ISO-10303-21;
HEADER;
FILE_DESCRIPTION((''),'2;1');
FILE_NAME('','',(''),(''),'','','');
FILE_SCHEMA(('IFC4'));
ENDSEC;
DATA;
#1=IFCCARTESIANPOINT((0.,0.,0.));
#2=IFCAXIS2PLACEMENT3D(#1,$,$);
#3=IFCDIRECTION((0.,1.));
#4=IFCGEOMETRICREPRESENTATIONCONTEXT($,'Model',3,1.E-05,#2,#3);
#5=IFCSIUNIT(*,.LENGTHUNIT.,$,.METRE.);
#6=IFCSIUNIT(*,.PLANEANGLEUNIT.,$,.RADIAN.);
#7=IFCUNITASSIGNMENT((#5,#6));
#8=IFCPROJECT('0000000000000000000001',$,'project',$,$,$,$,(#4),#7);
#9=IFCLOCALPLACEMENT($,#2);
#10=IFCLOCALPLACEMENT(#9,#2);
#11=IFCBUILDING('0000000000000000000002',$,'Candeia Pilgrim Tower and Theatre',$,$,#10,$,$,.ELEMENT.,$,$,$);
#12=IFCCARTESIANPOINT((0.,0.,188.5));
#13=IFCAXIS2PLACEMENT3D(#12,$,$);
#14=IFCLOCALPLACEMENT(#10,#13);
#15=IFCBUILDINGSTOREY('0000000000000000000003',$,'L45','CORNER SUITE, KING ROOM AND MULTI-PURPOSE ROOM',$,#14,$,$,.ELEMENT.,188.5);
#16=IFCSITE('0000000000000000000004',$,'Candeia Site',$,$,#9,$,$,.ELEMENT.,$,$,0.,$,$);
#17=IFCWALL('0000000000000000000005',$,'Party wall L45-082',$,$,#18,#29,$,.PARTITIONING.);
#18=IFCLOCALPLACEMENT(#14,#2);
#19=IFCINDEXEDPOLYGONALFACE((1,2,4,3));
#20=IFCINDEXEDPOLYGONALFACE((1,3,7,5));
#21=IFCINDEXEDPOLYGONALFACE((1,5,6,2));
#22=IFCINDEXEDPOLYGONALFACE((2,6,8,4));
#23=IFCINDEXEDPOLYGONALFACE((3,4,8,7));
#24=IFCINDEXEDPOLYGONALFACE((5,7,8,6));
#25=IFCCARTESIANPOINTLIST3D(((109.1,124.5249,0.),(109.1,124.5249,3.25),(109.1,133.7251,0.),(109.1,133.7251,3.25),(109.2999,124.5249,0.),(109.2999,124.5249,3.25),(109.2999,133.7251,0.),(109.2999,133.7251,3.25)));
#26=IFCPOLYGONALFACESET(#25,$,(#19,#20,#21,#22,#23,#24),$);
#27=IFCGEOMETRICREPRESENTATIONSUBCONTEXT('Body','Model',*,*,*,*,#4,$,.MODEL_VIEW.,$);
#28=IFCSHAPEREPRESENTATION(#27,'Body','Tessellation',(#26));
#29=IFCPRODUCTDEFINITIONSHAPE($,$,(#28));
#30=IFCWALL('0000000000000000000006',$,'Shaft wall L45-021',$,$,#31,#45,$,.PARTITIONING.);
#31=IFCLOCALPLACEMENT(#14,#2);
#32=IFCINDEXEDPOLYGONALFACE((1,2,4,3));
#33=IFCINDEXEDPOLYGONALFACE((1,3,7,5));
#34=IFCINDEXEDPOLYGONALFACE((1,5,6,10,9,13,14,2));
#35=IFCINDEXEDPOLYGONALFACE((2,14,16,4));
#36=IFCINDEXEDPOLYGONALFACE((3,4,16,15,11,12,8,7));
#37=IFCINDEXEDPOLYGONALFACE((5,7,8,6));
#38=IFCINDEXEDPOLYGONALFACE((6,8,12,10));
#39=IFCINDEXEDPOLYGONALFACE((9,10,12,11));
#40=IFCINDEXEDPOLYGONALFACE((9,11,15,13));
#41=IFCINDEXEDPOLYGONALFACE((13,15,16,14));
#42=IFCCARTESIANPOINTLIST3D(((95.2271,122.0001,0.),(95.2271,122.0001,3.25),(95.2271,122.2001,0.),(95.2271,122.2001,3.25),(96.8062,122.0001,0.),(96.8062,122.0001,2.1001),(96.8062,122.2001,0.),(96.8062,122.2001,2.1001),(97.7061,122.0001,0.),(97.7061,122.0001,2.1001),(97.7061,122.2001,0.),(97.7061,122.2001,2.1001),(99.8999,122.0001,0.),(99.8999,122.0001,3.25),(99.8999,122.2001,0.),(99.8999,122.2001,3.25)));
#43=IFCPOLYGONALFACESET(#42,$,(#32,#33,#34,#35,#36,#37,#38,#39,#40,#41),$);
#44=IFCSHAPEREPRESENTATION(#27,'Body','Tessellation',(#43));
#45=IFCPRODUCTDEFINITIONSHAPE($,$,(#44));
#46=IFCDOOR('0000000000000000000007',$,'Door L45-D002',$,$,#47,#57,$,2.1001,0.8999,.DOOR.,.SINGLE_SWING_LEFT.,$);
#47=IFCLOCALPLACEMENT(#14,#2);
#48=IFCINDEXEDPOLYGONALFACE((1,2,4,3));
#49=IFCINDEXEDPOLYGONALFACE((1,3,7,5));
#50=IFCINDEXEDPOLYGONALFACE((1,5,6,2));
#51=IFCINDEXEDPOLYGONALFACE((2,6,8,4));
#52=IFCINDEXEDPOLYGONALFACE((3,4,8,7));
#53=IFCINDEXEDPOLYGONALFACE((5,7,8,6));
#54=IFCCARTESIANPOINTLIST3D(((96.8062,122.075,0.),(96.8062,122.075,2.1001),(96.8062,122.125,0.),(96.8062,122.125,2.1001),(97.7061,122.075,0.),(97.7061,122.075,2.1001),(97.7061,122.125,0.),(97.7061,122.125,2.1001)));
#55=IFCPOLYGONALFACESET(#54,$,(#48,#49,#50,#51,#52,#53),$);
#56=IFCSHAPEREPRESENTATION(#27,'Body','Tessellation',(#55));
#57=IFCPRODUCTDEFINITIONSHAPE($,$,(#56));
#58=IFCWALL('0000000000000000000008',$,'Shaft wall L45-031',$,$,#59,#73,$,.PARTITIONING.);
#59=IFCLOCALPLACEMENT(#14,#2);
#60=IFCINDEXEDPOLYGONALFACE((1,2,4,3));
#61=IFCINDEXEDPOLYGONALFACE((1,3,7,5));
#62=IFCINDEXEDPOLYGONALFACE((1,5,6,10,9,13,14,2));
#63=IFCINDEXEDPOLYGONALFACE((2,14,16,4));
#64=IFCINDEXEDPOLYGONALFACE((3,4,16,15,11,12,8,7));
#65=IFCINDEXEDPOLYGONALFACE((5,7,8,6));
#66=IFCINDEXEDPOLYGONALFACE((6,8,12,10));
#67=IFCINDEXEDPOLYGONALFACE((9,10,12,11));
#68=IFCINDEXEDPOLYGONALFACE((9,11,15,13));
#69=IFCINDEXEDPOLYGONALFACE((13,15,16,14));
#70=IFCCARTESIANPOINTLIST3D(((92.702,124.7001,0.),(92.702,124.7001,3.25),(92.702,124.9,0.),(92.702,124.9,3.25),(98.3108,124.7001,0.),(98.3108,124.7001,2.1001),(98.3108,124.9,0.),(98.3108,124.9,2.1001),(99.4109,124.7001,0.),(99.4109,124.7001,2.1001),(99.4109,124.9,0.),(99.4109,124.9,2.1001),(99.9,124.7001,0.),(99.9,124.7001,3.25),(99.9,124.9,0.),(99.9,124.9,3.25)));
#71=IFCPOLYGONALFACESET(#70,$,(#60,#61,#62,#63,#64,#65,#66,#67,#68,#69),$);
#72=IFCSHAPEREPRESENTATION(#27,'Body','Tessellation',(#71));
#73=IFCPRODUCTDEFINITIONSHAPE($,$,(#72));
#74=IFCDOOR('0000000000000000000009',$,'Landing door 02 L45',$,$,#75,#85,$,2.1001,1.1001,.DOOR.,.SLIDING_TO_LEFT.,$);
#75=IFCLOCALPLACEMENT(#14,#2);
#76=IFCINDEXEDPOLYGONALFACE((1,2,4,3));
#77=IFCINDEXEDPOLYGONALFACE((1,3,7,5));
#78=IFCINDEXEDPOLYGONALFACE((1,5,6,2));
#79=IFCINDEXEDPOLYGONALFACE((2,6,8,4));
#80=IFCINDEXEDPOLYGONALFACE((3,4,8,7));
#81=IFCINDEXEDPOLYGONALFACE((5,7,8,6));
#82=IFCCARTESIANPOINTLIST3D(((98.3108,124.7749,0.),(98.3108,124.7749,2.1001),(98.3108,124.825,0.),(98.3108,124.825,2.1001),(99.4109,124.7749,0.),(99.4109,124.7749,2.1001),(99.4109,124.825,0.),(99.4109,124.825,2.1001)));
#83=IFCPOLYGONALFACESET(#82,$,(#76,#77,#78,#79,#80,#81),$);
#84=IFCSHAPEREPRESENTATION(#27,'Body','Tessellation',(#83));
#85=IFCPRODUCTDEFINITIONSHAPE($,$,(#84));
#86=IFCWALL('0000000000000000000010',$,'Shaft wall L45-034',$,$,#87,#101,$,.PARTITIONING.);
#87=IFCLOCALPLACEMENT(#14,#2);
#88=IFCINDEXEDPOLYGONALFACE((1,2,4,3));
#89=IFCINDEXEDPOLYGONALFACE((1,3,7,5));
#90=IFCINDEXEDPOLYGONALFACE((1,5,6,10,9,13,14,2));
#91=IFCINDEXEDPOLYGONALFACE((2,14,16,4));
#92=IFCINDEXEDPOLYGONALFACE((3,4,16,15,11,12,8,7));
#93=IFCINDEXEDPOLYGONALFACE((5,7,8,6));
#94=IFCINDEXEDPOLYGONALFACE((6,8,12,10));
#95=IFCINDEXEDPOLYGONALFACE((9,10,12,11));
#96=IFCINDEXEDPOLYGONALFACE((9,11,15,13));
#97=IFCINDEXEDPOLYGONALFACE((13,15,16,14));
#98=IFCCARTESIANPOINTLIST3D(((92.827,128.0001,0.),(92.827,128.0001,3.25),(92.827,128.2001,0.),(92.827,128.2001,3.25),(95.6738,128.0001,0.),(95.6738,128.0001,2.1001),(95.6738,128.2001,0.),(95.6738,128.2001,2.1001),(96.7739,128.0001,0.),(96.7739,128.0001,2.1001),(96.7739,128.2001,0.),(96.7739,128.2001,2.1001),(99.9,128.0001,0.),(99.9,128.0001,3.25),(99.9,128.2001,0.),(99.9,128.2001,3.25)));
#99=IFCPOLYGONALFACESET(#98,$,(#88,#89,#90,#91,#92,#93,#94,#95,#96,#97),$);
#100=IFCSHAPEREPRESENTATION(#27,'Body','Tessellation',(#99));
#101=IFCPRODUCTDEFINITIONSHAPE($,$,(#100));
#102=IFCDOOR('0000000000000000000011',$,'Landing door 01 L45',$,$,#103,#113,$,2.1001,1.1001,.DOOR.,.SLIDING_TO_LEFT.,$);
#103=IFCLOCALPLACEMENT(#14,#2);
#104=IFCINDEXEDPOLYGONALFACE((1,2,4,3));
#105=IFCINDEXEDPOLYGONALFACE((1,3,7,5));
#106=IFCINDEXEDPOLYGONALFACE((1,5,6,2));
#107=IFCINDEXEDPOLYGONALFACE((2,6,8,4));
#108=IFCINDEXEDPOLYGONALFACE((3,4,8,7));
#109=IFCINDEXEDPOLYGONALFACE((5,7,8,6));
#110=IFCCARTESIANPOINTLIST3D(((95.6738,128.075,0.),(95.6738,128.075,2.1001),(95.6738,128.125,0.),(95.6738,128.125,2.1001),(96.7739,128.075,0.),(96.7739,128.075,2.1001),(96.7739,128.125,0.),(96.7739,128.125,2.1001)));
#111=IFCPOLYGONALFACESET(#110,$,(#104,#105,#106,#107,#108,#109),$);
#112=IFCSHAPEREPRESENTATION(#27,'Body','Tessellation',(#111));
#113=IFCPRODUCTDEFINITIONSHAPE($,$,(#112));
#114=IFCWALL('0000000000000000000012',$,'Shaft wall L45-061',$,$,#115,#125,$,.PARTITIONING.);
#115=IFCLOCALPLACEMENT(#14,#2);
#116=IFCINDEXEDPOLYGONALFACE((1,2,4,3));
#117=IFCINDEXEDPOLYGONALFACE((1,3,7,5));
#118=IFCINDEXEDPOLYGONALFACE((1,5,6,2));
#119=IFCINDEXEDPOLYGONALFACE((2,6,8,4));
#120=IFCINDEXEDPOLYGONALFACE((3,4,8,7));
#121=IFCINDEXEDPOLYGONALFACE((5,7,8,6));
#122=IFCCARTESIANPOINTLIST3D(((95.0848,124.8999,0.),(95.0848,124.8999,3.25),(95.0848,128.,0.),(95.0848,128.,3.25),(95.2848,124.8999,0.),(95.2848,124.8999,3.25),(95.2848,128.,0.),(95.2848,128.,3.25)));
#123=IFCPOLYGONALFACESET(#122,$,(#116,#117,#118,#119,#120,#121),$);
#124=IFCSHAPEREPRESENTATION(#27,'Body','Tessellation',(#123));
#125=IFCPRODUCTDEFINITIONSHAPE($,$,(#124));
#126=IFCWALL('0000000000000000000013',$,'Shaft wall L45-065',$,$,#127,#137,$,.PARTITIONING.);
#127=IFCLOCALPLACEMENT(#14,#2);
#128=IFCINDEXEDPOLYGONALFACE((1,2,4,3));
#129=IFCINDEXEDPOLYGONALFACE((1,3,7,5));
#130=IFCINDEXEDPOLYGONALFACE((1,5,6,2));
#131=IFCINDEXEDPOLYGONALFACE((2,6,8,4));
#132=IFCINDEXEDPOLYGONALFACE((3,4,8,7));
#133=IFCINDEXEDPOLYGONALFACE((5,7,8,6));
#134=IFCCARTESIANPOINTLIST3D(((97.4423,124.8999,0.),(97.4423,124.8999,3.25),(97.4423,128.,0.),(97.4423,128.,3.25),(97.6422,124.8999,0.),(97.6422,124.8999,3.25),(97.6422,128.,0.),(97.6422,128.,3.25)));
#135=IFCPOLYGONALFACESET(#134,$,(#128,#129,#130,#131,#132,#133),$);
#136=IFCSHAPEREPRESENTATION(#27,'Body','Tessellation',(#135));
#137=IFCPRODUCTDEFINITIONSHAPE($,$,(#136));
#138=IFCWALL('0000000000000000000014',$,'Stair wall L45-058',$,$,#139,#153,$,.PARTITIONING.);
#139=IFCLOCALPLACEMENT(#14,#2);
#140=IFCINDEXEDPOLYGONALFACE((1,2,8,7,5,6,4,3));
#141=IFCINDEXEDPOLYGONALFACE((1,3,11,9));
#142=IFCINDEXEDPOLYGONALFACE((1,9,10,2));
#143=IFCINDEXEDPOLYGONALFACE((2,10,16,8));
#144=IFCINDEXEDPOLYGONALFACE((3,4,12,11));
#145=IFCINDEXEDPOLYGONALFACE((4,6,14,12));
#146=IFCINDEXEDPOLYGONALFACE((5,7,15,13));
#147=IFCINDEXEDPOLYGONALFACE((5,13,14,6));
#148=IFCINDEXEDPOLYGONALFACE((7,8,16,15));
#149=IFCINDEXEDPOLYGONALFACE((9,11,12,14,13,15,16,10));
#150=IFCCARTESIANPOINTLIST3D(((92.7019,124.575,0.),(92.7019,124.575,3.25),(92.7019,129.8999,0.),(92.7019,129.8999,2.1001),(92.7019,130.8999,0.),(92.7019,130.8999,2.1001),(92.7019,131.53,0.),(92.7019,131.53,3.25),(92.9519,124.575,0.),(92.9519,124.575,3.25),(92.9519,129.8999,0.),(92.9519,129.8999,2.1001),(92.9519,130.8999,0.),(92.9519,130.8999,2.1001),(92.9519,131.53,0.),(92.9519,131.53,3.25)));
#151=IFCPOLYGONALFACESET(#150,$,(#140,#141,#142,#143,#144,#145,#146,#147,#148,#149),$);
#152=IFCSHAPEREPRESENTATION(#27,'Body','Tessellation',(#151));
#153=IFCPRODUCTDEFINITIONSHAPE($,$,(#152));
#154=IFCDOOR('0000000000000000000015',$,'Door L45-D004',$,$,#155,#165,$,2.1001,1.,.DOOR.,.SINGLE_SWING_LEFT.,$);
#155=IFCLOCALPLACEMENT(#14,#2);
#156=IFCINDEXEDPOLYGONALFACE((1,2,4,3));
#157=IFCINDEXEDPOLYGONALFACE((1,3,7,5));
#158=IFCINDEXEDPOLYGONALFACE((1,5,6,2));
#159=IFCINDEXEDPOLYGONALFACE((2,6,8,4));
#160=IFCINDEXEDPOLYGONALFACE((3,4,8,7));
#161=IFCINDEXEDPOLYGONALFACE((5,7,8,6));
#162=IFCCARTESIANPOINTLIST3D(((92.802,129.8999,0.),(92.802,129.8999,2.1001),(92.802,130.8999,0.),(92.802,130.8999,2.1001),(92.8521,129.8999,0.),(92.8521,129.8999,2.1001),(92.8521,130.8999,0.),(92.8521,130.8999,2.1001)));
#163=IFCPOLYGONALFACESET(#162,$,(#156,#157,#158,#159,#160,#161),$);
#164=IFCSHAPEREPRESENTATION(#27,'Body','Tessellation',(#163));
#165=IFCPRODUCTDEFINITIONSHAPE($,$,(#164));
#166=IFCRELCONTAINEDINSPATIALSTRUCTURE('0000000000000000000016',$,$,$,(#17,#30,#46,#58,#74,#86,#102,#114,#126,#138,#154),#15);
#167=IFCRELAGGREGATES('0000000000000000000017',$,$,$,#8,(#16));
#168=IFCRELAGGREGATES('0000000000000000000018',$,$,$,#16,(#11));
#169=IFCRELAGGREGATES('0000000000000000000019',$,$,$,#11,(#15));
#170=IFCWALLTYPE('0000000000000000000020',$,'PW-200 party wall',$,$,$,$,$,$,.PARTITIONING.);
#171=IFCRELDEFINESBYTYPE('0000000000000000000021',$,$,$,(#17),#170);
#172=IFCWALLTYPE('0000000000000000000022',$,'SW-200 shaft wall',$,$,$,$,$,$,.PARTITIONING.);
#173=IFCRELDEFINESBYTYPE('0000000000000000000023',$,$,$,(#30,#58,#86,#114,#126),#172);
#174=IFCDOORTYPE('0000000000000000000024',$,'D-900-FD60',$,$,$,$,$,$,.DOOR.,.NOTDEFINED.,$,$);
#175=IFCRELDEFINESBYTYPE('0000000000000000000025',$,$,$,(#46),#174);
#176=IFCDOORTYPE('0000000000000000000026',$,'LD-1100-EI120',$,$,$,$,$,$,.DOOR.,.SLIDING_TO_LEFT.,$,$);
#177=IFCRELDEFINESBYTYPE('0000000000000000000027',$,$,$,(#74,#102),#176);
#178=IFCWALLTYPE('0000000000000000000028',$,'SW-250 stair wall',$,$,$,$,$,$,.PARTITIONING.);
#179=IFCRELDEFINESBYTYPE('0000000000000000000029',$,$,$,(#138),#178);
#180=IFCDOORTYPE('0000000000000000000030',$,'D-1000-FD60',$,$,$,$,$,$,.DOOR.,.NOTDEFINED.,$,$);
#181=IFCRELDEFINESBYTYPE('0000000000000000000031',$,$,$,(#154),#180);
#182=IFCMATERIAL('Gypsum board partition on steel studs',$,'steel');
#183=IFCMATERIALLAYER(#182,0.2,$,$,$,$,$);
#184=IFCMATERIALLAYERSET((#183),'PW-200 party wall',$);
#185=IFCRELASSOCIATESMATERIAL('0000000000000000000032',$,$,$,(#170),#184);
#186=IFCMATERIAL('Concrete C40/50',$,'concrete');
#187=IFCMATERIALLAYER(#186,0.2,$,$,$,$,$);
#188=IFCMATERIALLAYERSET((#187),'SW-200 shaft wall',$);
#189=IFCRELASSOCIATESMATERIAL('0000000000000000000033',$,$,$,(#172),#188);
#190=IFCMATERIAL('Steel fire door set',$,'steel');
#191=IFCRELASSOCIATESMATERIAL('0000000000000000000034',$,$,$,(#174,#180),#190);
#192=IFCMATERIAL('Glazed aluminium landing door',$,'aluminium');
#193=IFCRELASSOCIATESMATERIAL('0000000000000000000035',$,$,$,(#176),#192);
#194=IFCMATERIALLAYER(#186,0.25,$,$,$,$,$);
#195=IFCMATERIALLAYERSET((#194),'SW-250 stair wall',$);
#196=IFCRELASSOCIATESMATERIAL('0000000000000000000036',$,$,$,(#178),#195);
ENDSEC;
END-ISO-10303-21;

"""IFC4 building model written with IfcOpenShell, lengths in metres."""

from ifc_helpers import new_model, si_unit, direction, frame, frame_2d, origin, place, context, subcontext, project, spatial, rectangle, extrude, material, layer, layer_set, type_object, element, fill, save


model = new_model("IFC4")

# Units and contexts
model_context = context("Model", 3, precision=1e-05, world=origin(), true_north=direction((0.0, 1.0)))
body_context = subcontext(model_context, "Body", "Model", "MODEL_VIEW")
ifc_project = project(units=[si_unit("LENGTHUNIT", "METRE"), si_unit("PLANEANGLEUNIT", "RADIAN")], contexts=[model_context])

# Site, building, storey
site_placement = place(None, origin())
site = spatial("IfcSite", under=ifc_project, at=site_placement, Name="Candeia Site", CompositionType="ELEMENT", RefElevation=0.0)
building_placement = place(site_placement, origin())
building = spatial("IfcBuilding", under=site, at=building_placement, Name="Candeia Pilgrim Tower and Theatre", CompositionType="ELEMENT")
storey_placement = place(building_placement, frame((0.0, 0.0, 188.5)))
storey = spatial("IfcBuildingStorey", under=building, at=storey_placement, Name="L45", Description="CORNER SUITE, KING ROOM AND MULTI-PURPOSE ROOM", CompositionType="ELEMENT", Elevation=188.5)

# Shared definitions
ifc_material_1 = material(Name="Steel fire door set", Category="steel")
ifc_material_2 = material(Name="Gypsum board partition on steel studs", Category="steel")

# Wall
ifc_layer_1 = layer(ifc_material_2, 0.2)
ifc_layer_set_1 = layer_set([ifc_layer_1], Name="PW-200 party wall")
wall_type_1 = type_object("IfcWallType", Name="PW-200 party wall", PredefinedType="PARTITIONING", material=ifc_layer_set_1)
for number, where, z_axis, x_axis, name in (
    (1, (109.2, 124.5249, 0.0), (0.0, 0.0, 1.0), (0.0, 1.0, 0.0), "Party wall L45-082"),
):
    element("IfcWall", number, at=place(storey_placement, frame(where, z_axis=z_axis, x_axis=x_axis)), inside=storey, type_object=wall_type_1, Name=name, PredefinedType="PARTITIONING", context=body_context, shape_type="SweptSolid", body=[
        extrude(rectangle(XDim=9.2002, YDim=0.2, at=frame_2d((4.6001, 0.0))), origin(), (0.0, 0.0, 1.0), 3.25),
    ])

# Walls, openings, doors
ifc_material_3 = material(Name="Concrete C40/50", Category="concrete")
ifc_layer_2 = layer(ifc_material_3, 0.2)
ifc_layer_set_2 = layer_set([ifc_layer_2], Name="SW-200 shaft wall")
wall_type_2 = type_object("IfcWallType", Name="SW-200 shaft wall", PredefinedType="PARTITIONING", material=ifc_layer_set_2)
wall_1_placement = place(storey_placement, frame((95.2271, 122.1001, 0.0), z_axis=(0.0, 0.0, 1.0), x_axis=(1.0, 0.0, 0.0)))
wall_1 = element("IfcWall", 2, at=wall_1_placement, inside=storey, type_object=wall_type_2, Name="Shaft wall L45-021", PredefinedType="PARTITIONING", context=body_context, shape_type="SweptSolid", body=[
    extrude(rectangle(XDim=4.6729, YDim=0.2, at=frame_2d((2.3364, 0.0))), origin(), (0.0, 0.0, 1.0), 3.25),
])
opening_1_placement = place(wall_1_placement, frame((1.5791, 0.0, 0.0)))
opening_1 = element("IfcOpeningElement", 3, at=opening_1_placement, cuts=wall_1, PredefinedType="OPENING", context=body_context, shape_type="SweptSolid", body=[
    extrude(rectangle(XDim=0.8999, YDim=2.1001, at=frame_2d((0.45, 1.05))), frame((0.0, 0.1099, 0.0), z_axis=(0.0, -1.0, 0.0), x_axis=(1.0, 0.0, 0.0)), (0.0, 0.0, 1.0), 0.22),
])
door_type_1 = type_object("IfcDoorType", Name="D-900-FD60", OperationType="NOTDEFINED", PredefinedType="DOOR", material=ifc_material_1)
door_1_placement = place(opening_1_placement, origin())
door_1 = element("IfcDoor", 4, at=door_1_placement, inside=storey, type_object=door_type_1, Name="Door L45-D002", OperationType="SINGLE_SWING_LEFT", OverallHeight=2.1001, OverallWidth=0.8999, PredefinedType="DOOR", context=body_context, shape_type="SweptSolid", body=[
    extrude(rectangle(XDim=0.8999, YDim=2.1001, at=frame_2d((0.45, 1.05))), frame((0.0, 0.0249, 0.0), z_axis=(0.0, -1.0, 0.0), x_axis=(1.0, 0.0, 0.0)), (0.0, 0.0, 1.0), 0.05),
])
fill(opening_1, door_1)
wall_2_placement = place(storey_placement, frame((92.7019, 124.8, 0.0), z_axis=(0.0, 0.0, 1.0), x_axis=(1.0, 0.0, 0.0)))
wall_2 = element("IfcWall", 5, at=wall_2_placement, inside=storey, type_object=wall_type_2, Name="Shaft wall L45-031", PredefinedType="PARTITIONING", context=body_context, shape_type="SweptSolid", body=[
    extrude(rectangle(XDim=7.198, YDim=0.2, at=frame_2d((3.5991, 0.0))), origin(), (0.0, 0.0, 1.0), 3.25),
])
opening_2_placement = place(wall_2_placement, frame((5.6089, 0.0, 0.0)))
opening_2 = element("IfcOpeningElement", 6, at=opening_2_placement, cuts=wall_2, PredefinedType="OPENING", context=body_context, shape_type="SweptSolid", body=[
    extrude(rectangle(XDim=1.1001, YDim=2.1001, at=frame_2d((0.55, 1.05))), frame((0.0, 0.1099, 0.0), z_axis=(0.0, -1.0, 0.0), x_axis=(1.0, 0.0, 0.0)), (0.0, 0.0, 1.0), 0.22),
])
ifc_material_4 = material(Name="Glazed aluminium landing door", Category="aluminium")
door_type_2 = type_object("IfcDoorType", Name="LD-1100-EI120", OperationType="SLIDING_TO_LEFT", PredefinedType="DOOR", material=ifc_material_4)
door_2_placement = place(opening_2_placement, origin())
door_2 = element("IfcDoor", 7, at=door_2_placement, inside=storey, type_object=door_type_2, Name="Landing door 02 L45", OperationType="SLIDING_TO_LEFT", OverallHeight=2.1001, OverallWidth=1.1001, PredefinedType="DOOR", context=body_context, shape_type="SweptSolid", body=[
    extrude(rectangle(XDim=1.1001, YDim=2.1001, at=frame_2d((0.55, 1.05))), frame((0.0, 0.0249, 0.0), z_axis=(0.0, -1.0, 0.0), x_axis=(1.0, 0.0, 0.0)), (0.0, 0.0, 1.0), 0.05),
])
fill(opening_2, door_2)
wall_3_placement = place(storey_placement, frame((92.8269, 128.1001, 0.0), z_axis=(0.0, 0.0, 1.0), x_axis=(1.0, 0.0, 0.0)))
wall_3 = element("IfcWall", 8, at=wall_3_placement, inside=storey, type_object=wall_type_2, Name="Shaft wall L45-034", PredefinedType="PARTITIONING", context=body_context, shape_type="SweptSolid", body=[
    extrude(rectangle(XDim=7.073, YDim=0.2, at=frame_2d((3.5366, 0.0))), origin(), (0.0, 0.0, 1.0), 3.25),
])
opening_3_placement = place(wall_3_placement, frame((2.8469, 0.0, 0.0)))
opening_3 = element("IfcOpeningElement", 9, at=opening_3_placement, cuts=wall_3, PredefinedType="OPENING", context=body_context, shape_type="SweptSolid", body=[
    extrude(rectangle(XDim=1.1001, YDim=2.1001, at=frame_2d((0.55, 1.05))), frame((0.0, 0.1099, 0.0), z_axis=(0.0, -1.0, 0.0), x_axis=(1.0, 0.0, 0.0)), (0.0, 0.0, 1.0), 0.22),
])
door_3_placement = place(opening_3_placement, origin())
door_3 = element("IfcDoor", 10, at=door_3_placement, inside=storey, type_object=door_type_2, Name="Landing door 01 L45", OperationType="SLIDING_TO_LEFT", OverallHeight=2.1001, OverallWidth=1.1001, PredefinedType="DOOR", context=body_context, shape_type="SweptSolid", body=[
    extrude(rectangle(XDim=1.1001, YDim=2.1001, at=frame_2d((0.55, 1.05))), frame((0.0, 0.0249, 0.0), z_axis=(0.0, -1.0, 0.0), x_axis=(1.0, 0.0, 0.0)), (0.0, 0.0, 1.0), 0.05),
])
fill(opening_3, door_3)

# Walls
for number, where, z_axis, x_axis, name in (
    (11, (95.1848, 124.8999, 0.0), (0.0, 0.0, 1.0), (0.0, 1.0, 0.0), "Shaft wall L45-061"),
    (12, (97.5422, 124.8999, 0.0), (0.0, 0.0, 1.0), (0.0, 1.0, 0.0), "Shaft wall L45-065"),
):
    element("IfcWall", number, at=place(storey_placement, frame(where, z_axis=z_axis, x_axis=x_axis)), inside=storey, type_object=wall_type_2, Name=name, PredefinedType="PARTITIONING", context=body_context, shape_type="SweptSolid", body=[
        extrude(rectangle(XDim=3.1001, YDim=0.2, at=frame_2d((1.55, 0.0))), origin(), (0.0, 0.0, 1.0), 3.25),
    ])

# Wall, opening, door
ifc_layer_3 = layer(ifc_material_3, 0.25)
ifc_layer_set_3 = layer_set([ifc_layer_3], Name="SW-250 stair wall")
wall_type_3 = type_object("IfcWallType", Name="SW-250 stair wall", PredefinedType="PARTITIONING", material=ifc_layer_set_3)
wall_4_placement = place(storey_placement, frame((92.8269, 124.575, 0.0), z_axis=(0.0, 0.0, 1.0), x_axis=(0.0, 1.0, 0.0)))
wall_4 = element("IfcWall", 13, at=wall_4_placement, inside=storey, type_object=wall_type_3, Name="Stair wall L45-058", PredefinedType="PARTITIONING", context=body_context, shape_type="SweptSolid", body=[
    extrude(rectangle(XDim=6.9551, YDim=0.25, at=frame_2d((3.4775, 0.0))), origin(), (0.0, 0.0, 1.0), 3.25),
])
opening_4_placement = place(wall_4_placement, frame((5.325, 0.0, 0.0)))
opening_4 = element("IfcOpeningElement", 14, at=opening_4_placement, cuts=wall_4, PredefinedType="OPENING", context=body_context, shape_type="SweptSolid", body=[
    extrude(rectangle(XDim=1.0, YDim=2.1001, at=frame_2d((0.5, 1.05))), frame((0.0, 0.135, 0.0), z_axis=(0.0, -1.0, 0.0), x_axis=(1.0, 0.0, 0.0)), (0.0, 0.0, 1.0), 0.27),
])
door_type_3 = type_object("IfcDoorType", Name="D-1000-FD60", OperationType="NOTDEFINED", PredefinedType="DOOR", material=ifc_material_1)
door_4_placement = place(opening_4_placement, origin())
door_4 = element("IfcDoor", 15, at=door_4_placement, inside=storey, type_object=door_type_3, Name="Door L45-D004", OperationType="SINGLE_SWING_LEFT", OverallHeight=2.1001, OverallWidth=1.0, PredefinedType="DOOR", context=body_context, shape_type="SweptSolid", body=[
    extrude(rectangle(XDim=1.0, YDim=2.1001, at=frame_2d((0.5, 1.05))), frame((0.0, 0.0249, 0.0), z_axis=(0.0, -1.0, 0.0), x_axis=(1.0, 0.0, 0.0)), (0.0, 0.0, 1.0), 0.05),
])
fill(opening_4, door_4)

save(model, "model.ifc")
